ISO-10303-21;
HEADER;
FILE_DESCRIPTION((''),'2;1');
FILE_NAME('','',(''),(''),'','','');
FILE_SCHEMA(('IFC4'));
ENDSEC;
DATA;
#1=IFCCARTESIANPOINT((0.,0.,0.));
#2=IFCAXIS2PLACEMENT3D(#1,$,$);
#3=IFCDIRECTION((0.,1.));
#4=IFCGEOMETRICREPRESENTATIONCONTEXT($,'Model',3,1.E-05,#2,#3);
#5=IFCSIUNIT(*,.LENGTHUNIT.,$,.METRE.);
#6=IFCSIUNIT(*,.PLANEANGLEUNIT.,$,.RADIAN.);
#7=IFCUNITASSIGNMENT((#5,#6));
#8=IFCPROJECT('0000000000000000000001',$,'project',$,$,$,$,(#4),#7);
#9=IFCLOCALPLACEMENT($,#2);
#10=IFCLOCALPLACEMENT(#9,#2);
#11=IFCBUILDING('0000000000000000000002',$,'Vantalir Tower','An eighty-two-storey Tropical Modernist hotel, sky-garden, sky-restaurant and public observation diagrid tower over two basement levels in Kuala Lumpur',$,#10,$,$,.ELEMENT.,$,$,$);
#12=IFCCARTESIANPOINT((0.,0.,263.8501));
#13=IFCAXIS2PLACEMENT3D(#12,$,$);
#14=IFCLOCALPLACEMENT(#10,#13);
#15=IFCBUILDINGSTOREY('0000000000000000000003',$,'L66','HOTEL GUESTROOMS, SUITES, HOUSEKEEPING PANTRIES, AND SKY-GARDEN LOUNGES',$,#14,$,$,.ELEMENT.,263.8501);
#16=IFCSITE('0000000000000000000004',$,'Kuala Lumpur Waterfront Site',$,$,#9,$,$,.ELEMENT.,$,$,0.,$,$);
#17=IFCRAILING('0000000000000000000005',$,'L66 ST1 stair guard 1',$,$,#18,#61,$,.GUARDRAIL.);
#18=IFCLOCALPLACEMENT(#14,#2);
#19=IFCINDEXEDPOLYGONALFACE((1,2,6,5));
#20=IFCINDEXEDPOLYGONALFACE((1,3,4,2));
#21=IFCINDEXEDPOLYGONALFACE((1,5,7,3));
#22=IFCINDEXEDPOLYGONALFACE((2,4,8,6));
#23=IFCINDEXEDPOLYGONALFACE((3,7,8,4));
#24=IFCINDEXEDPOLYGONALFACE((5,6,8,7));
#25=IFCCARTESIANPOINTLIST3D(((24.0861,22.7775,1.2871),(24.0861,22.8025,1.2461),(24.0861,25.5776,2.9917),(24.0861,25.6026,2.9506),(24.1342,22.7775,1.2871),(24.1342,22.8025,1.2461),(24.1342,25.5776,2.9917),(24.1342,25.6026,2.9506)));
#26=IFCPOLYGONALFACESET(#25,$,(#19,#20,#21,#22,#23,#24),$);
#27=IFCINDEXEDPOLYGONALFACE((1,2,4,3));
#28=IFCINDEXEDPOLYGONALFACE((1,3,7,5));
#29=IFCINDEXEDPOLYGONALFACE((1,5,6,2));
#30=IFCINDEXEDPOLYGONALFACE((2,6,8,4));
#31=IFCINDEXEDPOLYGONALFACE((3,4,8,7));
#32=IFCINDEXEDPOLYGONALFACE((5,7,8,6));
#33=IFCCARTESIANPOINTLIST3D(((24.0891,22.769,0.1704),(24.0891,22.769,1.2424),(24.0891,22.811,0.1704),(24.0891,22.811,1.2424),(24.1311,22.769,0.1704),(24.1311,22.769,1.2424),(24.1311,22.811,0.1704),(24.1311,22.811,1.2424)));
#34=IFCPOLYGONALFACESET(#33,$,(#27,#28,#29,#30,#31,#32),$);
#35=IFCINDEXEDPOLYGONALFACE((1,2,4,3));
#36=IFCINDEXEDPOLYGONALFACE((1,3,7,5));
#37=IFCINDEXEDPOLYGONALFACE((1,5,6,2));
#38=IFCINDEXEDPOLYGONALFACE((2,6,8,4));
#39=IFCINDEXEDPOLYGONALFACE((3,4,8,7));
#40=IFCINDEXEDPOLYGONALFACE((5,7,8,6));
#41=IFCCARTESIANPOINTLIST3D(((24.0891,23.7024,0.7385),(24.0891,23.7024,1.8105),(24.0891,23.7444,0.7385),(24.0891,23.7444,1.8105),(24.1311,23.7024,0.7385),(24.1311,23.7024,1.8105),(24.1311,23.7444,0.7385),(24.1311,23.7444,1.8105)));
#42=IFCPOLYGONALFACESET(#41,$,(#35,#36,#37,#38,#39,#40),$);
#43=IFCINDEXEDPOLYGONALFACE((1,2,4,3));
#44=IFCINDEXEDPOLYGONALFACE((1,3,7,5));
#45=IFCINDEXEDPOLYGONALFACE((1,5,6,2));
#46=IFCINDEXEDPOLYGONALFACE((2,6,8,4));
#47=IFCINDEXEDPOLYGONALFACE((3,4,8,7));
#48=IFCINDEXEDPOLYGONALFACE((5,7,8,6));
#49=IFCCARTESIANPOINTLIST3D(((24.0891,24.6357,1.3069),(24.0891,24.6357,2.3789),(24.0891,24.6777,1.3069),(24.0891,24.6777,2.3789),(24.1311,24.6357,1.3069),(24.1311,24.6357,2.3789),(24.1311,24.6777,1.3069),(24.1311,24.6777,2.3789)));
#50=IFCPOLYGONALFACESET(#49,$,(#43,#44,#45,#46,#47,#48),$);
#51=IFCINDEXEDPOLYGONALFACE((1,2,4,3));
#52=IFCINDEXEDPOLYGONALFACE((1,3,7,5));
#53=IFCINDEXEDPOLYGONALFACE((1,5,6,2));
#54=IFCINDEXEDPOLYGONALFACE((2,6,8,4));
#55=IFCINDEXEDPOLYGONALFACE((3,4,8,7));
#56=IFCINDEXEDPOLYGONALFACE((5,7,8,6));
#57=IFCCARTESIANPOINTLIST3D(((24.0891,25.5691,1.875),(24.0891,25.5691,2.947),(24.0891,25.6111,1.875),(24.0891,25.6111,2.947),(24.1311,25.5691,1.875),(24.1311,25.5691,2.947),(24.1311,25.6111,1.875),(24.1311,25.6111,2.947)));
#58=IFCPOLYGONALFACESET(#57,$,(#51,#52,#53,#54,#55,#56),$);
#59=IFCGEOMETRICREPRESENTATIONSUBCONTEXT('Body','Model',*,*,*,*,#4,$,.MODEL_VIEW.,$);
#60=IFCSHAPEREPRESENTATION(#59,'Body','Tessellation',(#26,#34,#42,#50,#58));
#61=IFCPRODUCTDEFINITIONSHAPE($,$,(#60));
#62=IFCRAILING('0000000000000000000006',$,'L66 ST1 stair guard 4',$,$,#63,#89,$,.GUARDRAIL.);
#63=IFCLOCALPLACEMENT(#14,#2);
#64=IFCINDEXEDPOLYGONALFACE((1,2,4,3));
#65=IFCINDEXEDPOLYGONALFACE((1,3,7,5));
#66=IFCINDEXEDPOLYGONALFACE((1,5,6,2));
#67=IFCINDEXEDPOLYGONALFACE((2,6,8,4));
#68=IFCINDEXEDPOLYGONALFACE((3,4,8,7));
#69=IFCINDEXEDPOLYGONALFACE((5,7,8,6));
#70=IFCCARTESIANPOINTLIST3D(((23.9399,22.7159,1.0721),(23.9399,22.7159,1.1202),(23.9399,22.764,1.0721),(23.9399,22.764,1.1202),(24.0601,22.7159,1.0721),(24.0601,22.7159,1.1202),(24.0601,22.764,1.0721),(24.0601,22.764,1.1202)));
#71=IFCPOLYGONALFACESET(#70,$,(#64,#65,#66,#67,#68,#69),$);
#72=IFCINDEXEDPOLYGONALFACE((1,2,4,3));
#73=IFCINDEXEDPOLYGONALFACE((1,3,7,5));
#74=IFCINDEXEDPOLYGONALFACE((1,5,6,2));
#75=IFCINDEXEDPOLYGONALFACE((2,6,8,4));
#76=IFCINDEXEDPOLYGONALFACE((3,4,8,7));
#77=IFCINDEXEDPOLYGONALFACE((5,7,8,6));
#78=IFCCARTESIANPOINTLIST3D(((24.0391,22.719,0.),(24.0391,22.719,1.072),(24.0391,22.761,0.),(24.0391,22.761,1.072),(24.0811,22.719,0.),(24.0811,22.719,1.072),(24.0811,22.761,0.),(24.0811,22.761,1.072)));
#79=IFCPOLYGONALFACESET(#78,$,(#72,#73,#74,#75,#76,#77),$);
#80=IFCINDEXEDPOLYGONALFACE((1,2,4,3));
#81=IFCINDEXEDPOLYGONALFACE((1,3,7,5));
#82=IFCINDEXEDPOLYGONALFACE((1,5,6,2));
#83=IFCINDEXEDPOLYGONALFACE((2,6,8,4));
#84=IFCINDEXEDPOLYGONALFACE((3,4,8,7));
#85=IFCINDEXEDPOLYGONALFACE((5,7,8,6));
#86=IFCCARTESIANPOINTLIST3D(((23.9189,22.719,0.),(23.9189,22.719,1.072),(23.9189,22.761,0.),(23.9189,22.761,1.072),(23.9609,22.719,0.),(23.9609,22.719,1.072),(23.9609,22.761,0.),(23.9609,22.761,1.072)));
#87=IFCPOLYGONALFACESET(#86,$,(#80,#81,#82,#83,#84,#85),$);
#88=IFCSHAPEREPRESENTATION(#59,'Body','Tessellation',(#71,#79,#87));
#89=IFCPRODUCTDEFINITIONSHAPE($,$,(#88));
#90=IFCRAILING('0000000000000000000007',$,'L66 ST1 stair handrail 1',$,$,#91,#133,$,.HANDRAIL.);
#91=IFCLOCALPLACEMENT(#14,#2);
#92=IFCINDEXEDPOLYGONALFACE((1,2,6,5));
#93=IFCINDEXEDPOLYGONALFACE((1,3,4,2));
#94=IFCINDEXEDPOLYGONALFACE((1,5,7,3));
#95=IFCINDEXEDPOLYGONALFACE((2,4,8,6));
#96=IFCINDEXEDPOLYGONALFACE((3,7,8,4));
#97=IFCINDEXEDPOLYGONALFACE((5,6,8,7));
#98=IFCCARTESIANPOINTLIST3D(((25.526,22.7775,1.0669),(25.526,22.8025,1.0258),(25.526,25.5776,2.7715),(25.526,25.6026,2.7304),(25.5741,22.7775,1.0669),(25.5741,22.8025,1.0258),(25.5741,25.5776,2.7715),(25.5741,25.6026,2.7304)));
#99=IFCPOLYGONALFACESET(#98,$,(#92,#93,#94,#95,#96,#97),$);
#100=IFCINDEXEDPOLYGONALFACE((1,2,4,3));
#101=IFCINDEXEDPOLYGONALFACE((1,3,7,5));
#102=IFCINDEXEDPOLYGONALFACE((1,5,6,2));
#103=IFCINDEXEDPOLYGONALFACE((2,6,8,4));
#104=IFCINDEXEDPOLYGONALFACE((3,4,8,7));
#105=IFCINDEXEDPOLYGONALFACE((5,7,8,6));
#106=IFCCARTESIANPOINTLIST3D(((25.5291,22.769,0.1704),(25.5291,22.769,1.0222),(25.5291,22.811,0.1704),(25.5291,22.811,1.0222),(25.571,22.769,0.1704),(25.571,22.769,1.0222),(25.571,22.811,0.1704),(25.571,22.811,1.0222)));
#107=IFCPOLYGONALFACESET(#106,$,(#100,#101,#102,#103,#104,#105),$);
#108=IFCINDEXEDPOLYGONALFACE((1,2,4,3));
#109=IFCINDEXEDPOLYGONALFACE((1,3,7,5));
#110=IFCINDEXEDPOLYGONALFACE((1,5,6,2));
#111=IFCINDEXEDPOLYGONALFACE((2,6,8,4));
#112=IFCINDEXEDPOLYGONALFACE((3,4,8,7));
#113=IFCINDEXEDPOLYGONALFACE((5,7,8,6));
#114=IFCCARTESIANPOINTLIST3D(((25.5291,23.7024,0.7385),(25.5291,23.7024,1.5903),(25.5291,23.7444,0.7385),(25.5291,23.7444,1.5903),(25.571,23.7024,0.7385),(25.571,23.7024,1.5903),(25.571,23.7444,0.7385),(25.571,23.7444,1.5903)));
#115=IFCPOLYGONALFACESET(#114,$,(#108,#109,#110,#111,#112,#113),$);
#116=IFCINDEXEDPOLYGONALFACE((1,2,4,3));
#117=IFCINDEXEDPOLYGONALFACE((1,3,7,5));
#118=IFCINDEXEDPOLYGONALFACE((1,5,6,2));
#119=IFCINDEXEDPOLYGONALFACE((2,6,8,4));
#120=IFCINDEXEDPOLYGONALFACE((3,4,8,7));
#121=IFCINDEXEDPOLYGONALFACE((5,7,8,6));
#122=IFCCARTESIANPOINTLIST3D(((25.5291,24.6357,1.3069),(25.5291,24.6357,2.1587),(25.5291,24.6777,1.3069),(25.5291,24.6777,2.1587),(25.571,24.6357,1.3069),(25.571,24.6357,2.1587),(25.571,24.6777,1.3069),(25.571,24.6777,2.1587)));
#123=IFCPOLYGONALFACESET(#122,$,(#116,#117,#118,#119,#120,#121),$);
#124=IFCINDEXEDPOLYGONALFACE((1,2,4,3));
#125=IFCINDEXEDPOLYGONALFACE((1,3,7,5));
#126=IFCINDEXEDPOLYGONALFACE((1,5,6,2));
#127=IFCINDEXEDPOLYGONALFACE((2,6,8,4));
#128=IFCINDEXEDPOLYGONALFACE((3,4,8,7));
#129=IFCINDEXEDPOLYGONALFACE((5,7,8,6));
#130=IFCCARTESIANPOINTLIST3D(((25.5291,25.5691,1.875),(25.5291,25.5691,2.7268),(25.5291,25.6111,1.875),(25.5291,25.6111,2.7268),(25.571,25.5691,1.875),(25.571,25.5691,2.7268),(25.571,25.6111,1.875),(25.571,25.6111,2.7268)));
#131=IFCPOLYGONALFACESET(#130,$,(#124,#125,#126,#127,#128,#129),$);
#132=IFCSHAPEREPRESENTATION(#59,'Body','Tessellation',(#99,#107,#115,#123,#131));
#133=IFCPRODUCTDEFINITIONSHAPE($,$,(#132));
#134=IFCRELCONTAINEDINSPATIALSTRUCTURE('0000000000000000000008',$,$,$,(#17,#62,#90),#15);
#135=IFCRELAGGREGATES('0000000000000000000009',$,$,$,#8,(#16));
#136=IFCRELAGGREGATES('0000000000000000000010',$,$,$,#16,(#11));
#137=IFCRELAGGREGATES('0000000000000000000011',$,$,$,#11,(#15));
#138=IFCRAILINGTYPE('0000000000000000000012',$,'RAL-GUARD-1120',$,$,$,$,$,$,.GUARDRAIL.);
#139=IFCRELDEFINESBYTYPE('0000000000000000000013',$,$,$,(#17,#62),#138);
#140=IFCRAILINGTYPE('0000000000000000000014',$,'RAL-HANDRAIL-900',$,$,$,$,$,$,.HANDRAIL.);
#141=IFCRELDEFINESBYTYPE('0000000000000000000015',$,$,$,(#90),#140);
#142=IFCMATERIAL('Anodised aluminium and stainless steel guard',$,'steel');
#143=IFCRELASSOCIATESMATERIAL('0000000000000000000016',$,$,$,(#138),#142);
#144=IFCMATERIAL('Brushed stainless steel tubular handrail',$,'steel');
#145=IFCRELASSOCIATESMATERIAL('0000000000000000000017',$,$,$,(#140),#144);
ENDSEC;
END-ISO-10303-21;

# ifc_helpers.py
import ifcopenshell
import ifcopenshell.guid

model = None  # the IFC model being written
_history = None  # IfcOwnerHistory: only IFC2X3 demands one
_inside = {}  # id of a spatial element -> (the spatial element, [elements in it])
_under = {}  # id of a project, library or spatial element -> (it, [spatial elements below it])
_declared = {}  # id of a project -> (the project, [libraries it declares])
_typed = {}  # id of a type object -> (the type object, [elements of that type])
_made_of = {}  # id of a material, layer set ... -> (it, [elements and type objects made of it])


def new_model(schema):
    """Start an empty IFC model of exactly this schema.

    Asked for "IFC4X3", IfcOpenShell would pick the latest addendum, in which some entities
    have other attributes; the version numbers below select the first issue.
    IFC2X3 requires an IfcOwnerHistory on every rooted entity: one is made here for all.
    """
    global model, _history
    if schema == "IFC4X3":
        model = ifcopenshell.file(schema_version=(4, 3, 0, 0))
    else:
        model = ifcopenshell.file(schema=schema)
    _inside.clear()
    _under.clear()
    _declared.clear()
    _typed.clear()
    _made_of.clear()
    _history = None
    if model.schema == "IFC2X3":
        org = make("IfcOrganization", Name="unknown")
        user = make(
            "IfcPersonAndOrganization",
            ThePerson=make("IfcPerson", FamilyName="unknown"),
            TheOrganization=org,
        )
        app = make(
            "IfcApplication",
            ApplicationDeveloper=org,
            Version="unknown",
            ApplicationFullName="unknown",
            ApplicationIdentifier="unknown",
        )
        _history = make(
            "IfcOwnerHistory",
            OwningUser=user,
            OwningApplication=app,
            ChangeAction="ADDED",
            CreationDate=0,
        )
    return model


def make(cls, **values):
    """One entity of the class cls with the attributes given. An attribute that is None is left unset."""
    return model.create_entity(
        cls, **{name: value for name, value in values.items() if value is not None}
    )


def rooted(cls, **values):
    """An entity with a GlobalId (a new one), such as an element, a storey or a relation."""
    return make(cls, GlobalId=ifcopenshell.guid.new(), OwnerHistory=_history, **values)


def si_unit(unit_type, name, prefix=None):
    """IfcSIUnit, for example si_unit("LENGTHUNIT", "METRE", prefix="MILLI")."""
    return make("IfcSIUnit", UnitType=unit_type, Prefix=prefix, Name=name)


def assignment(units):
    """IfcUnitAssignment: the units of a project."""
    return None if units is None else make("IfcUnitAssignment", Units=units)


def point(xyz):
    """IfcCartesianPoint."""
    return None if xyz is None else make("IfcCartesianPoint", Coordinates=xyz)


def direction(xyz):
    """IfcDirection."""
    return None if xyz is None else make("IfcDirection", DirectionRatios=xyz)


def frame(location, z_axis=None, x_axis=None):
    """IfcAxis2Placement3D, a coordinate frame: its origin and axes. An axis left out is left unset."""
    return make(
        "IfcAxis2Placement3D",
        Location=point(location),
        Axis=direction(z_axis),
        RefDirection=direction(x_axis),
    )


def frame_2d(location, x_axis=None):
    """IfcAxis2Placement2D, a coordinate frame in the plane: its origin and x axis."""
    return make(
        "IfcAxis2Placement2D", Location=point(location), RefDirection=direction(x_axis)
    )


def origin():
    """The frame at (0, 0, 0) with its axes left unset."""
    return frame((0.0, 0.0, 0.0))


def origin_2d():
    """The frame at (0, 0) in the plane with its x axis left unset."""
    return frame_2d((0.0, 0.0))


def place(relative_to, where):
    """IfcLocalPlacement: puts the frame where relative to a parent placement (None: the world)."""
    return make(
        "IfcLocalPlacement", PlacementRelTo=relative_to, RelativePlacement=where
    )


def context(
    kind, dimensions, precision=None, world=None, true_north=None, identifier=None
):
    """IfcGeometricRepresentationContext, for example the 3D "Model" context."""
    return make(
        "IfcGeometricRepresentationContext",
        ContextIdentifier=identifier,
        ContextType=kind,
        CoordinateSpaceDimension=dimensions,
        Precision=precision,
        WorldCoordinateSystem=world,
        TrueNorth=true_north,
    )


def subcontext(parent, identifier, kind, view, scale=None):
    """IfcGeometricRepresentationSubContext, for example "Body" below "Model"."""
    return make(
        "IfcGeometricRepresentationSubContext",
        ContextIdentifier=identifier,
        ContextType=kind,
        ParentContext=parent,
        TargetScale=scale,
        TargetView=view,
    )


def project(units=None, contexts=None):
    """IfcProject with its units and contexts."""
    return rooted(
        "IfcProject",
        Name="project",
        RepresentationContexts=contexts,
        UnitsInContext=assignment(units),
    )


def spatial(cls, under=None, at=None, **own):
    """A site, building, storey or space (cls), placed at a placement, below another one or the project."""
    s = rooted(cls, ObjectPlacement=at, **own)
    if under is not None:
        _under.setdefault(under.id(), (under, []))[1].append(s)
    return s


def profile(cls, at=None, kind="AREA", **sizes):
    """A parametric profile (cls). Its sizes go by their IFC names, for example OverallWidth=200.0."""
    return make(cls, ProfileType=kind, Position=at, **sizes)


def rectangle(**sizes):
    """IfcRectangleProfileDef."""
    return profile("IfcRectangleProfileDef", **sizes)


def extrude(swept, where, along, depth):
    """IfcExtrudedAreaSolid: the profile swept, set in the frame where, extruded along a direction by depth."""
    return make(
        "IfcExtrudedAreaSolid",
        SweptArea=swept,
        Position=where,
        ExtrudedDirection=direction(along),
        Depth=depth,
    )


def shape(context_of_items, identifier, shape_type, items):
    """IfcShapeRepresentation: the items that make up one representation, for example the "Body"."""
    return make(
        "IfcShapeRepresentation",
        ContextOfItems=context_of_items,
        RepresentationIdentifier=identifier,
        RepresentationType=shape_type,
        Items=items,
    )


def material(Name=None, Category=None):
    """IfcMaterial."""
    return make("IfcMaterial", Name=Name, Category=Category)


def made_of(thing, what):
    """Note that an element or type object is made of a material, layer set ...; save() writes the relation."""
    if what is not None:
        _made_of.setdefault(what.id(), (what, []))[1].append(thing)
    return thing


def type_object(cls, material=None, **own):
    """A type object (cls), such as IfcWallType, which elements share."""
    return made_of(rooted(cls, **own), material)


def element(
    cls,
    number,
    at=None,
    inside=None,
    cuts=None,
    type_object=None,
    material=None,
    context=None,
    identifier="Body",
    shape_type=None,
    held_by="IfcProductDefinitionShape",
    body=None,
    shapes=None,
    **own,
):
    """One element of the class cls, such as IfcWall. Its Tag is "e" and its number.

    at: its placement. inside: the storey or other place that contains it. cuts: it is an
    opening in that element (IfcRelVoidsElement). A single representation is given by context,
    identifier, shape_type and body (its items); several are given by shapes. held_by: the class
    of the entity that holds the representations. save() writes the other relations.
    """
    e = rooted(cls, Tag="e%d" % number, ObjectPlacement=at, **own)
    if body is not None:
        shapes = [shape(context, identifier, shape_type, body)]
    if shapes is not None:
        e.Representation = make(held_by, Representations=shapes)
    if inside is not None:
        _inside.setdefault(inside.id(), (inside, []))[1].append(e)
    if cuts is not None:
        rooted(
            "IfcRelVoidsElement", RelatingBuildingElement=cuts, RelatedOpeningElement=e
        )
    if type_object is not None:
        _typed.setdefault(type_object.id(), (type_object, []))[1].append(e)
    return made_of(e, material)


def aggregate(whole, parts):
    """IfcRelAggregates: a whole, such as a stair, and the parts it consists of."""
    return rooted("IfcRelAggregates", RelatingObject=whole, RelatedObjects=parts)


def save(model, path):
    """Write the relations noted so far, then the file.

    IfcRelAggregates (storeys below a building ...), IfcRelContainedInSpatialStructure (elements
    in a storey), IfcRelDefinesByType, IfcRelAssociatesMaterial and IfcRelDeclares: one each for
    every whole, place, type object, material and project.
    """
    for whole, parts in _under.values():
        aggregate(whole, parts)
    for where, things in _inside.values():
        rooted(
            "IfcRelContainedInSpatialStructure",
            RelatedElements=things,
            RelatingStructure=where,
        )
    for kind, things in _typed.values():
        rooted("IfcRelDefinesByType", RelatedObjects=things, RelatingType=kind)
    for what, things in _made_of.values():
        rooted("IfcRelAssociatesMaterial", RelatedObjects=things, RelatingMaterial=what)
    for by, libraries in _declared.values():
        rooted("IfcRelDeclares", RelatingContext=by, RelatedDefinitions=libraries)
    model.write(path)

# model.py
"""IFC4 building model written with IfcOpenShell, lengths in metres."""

from ifc_helpers import new_model, si_unit, direction, frame, origin, origin_2d, place, context, subcontext, project, spatial, rectangle, extrude, material, type_object, element, save


model = new_model("IFC4")

# Units and contexts
model_context = context("Model", 3, precision=1e-05, world=origin(), true_north=direction((0.0, 1.0)))
body_context = subcontext(model_context, "Body", "Model", "MODEL_VIEW")
ifc_project = project(units=[si_unit("LENGTHUNIT", "METRE"), si_unit("PLANEANGLEUNIT", "RADIAN")], contexts=[model_context])

# Site, building, storey
site_placement = place(None, origin())
site = spatial("IfcSite", under=ifc_project, at=site_placement, Name="Kuala Lumpur Waterfront Site", CompositionType="ELEMENT", RefElevation=0.0)
building_placement = place(site_placement, origin())
building = spatial("IfcBuilding", under=site, at=building_placement, Name="Vantalir Tower", Description="An eighty-two-storey Tropical Modernist hotel, sky-garden, sky-restaurant and public observation diagrid tower over two basement levels in Kuala Lumpur", CompositionType="ELEMENT")
storey_placement = place(building_placement, frame((0.0, 0.0, 263.8501)))
storey = spatial("IfcBuildingStorey", under=building, at=storey_placement, Name="L66", Description="HOTEL GUESTROOMS, SUITES, HOUSEKEEPING PANTRIES, AND SKY-GARDEN LOUNGES", CompositionType="ELEMENT", Elevation=263.8501)

# Railings
ifc_material_1 = material(Name="Anodised aluminium and stainless steel guard", Category="steel")
railing_type_1 = type_object("IfcRailingType", Name="RAL-GUARD-1120", PredefinedType="GUARDRAIL", material=ifc_material_1)
railing_1_placement = place(storey_placement, frame((24.1101, 22.79, 0.1704)))
element("IfcRailing", 1, at=railing_1_placement, inside=storey, type_object=railing_type_1, Name="L66 ST1 stair guard 1", PredefinedType="GUARDRAIL", context=body_context, shape_type="SweptSolid", body=[
    extrude(rectangle(XDim=0.0481, YDim=0.0481, at=origin_2d()), frame((0.0, 0.0, 1.0962), z_axis=(0.0, 0.85417, 0.519994), x_axis=(-1.0, 0.0, 0.0)), (0.0, 0.0, 1.0), 3.2781),
    extrude(rectangle(XDim=0.042, YDim=0.042, at=origin_2d()), origin(), (0.0, 0.0, 1.0), 1.072),
    extrude(rectangle(XDim=0.042, YDim=0.042, at=origin_2d()), frame((0.0, 0.9333, 0.5681)), (0.0, 0.0, 1.0), 1.072),
    extrude(rectangle(XDim=0.042, YDim=0.042, at=origin_2d()), frame((0.0, 1.8667, 1.1365)), (0.0, 0.0, 1.0), 1.072),
    extrude(rectangle(XDim=0.042, YDim=0.042, at=origin_2d()), frame((0.0, 2.8, 1.7046)), (0.0, 0.0, 1.0), 1.072),
])
railing_2_placement = place(storey_placement, frame((24.0601, 22.74, 0.0)))
element("IfcRailing", 2, at=railing_2_placement, inside=storey, type_object=railing_type_1, Name="L66 ST1 stair guard 4", PredefinedType="GUARDRAIL", context=body_context, shape_type="SweptSolid", body=[
    extrude(rectangle(XDim=0.0481, YDim=0.0481, at=origin_2d()), frame((0.0, 0.0, 1.0962), z_axis=(-1.0, 0.0, 0.0), x_axis=(0.0, -1.0, 0.0)), (0.0, 0.0, 1.0), 0.1201),
    extrude(rectangle(XDim=0.042, YDim=0.042, at=origin_2d()), origin(), (0.0, 0.0, 1.0), 1.072),
    extrude(rectangle(XDim=0.042, YDim=0.042, at=origin_2d()), frame((-0.1201, 0.0, 0.0)), (0.0, 0.0, 1.0), 1.072),
])
ifc_material_2 = material(Name="Brushed stainless steel tubular handrail", Category="steel")
railing_type_2 = type_object("IfcRailingType", Name="RAL-HANDRAIL-900", PredefinedType="HANDRAIL", material=ifc_material_2)
railing_3_placement = place(storey_placement, frame((25.55, 22.79, 0.1704)))
element("IfcRailing", 3, at=railing_3_placement, inside=storey, type_object=railing_type_2, Name="L66 ST1 stair handrail 1", PredefinedType="HANDRAIL", context=body_context, shape_type="SweptSolid", body=[
    extrude(rectangle(XDim=0.0481, YDim=0.0481, at=origin_2d()), frame((0.0, 0.0, 0.876), z_axis=(0.0, 0.85417, 0.519994), x_axis=(-1.0, 0.0, 0.0)), (0.0, 0.0, 1.0), 3.2781),
    extrude(rectangle(XDim=0.042, YDim=0.042, at=origin_2d()), origin(), (0.0, 0.0, 1.0), 0.8518),
    extrude(rectangle(XDim=0.042, YDim=0.042, at=origin_2d()), frame((0.0, 0.9333, 0.5681)), (0.0, 0.0, 1.0), 0.8518),
    extrude(rectangle(XDim=0.042, YDim=0.042, at=origin_2d()), frame((0.0, 1.8667, 1.1365)), (0.0, 0.0, 1.0), 0.8518),
    extrude(rectangle(XDim=0.042, YDim=0.042, at=origin_2d()), frame((0.0, 2.8, 1.7046)), (0.0, 0.0, 1.0), 0.8518),
])

save(model, "model.ifc")
